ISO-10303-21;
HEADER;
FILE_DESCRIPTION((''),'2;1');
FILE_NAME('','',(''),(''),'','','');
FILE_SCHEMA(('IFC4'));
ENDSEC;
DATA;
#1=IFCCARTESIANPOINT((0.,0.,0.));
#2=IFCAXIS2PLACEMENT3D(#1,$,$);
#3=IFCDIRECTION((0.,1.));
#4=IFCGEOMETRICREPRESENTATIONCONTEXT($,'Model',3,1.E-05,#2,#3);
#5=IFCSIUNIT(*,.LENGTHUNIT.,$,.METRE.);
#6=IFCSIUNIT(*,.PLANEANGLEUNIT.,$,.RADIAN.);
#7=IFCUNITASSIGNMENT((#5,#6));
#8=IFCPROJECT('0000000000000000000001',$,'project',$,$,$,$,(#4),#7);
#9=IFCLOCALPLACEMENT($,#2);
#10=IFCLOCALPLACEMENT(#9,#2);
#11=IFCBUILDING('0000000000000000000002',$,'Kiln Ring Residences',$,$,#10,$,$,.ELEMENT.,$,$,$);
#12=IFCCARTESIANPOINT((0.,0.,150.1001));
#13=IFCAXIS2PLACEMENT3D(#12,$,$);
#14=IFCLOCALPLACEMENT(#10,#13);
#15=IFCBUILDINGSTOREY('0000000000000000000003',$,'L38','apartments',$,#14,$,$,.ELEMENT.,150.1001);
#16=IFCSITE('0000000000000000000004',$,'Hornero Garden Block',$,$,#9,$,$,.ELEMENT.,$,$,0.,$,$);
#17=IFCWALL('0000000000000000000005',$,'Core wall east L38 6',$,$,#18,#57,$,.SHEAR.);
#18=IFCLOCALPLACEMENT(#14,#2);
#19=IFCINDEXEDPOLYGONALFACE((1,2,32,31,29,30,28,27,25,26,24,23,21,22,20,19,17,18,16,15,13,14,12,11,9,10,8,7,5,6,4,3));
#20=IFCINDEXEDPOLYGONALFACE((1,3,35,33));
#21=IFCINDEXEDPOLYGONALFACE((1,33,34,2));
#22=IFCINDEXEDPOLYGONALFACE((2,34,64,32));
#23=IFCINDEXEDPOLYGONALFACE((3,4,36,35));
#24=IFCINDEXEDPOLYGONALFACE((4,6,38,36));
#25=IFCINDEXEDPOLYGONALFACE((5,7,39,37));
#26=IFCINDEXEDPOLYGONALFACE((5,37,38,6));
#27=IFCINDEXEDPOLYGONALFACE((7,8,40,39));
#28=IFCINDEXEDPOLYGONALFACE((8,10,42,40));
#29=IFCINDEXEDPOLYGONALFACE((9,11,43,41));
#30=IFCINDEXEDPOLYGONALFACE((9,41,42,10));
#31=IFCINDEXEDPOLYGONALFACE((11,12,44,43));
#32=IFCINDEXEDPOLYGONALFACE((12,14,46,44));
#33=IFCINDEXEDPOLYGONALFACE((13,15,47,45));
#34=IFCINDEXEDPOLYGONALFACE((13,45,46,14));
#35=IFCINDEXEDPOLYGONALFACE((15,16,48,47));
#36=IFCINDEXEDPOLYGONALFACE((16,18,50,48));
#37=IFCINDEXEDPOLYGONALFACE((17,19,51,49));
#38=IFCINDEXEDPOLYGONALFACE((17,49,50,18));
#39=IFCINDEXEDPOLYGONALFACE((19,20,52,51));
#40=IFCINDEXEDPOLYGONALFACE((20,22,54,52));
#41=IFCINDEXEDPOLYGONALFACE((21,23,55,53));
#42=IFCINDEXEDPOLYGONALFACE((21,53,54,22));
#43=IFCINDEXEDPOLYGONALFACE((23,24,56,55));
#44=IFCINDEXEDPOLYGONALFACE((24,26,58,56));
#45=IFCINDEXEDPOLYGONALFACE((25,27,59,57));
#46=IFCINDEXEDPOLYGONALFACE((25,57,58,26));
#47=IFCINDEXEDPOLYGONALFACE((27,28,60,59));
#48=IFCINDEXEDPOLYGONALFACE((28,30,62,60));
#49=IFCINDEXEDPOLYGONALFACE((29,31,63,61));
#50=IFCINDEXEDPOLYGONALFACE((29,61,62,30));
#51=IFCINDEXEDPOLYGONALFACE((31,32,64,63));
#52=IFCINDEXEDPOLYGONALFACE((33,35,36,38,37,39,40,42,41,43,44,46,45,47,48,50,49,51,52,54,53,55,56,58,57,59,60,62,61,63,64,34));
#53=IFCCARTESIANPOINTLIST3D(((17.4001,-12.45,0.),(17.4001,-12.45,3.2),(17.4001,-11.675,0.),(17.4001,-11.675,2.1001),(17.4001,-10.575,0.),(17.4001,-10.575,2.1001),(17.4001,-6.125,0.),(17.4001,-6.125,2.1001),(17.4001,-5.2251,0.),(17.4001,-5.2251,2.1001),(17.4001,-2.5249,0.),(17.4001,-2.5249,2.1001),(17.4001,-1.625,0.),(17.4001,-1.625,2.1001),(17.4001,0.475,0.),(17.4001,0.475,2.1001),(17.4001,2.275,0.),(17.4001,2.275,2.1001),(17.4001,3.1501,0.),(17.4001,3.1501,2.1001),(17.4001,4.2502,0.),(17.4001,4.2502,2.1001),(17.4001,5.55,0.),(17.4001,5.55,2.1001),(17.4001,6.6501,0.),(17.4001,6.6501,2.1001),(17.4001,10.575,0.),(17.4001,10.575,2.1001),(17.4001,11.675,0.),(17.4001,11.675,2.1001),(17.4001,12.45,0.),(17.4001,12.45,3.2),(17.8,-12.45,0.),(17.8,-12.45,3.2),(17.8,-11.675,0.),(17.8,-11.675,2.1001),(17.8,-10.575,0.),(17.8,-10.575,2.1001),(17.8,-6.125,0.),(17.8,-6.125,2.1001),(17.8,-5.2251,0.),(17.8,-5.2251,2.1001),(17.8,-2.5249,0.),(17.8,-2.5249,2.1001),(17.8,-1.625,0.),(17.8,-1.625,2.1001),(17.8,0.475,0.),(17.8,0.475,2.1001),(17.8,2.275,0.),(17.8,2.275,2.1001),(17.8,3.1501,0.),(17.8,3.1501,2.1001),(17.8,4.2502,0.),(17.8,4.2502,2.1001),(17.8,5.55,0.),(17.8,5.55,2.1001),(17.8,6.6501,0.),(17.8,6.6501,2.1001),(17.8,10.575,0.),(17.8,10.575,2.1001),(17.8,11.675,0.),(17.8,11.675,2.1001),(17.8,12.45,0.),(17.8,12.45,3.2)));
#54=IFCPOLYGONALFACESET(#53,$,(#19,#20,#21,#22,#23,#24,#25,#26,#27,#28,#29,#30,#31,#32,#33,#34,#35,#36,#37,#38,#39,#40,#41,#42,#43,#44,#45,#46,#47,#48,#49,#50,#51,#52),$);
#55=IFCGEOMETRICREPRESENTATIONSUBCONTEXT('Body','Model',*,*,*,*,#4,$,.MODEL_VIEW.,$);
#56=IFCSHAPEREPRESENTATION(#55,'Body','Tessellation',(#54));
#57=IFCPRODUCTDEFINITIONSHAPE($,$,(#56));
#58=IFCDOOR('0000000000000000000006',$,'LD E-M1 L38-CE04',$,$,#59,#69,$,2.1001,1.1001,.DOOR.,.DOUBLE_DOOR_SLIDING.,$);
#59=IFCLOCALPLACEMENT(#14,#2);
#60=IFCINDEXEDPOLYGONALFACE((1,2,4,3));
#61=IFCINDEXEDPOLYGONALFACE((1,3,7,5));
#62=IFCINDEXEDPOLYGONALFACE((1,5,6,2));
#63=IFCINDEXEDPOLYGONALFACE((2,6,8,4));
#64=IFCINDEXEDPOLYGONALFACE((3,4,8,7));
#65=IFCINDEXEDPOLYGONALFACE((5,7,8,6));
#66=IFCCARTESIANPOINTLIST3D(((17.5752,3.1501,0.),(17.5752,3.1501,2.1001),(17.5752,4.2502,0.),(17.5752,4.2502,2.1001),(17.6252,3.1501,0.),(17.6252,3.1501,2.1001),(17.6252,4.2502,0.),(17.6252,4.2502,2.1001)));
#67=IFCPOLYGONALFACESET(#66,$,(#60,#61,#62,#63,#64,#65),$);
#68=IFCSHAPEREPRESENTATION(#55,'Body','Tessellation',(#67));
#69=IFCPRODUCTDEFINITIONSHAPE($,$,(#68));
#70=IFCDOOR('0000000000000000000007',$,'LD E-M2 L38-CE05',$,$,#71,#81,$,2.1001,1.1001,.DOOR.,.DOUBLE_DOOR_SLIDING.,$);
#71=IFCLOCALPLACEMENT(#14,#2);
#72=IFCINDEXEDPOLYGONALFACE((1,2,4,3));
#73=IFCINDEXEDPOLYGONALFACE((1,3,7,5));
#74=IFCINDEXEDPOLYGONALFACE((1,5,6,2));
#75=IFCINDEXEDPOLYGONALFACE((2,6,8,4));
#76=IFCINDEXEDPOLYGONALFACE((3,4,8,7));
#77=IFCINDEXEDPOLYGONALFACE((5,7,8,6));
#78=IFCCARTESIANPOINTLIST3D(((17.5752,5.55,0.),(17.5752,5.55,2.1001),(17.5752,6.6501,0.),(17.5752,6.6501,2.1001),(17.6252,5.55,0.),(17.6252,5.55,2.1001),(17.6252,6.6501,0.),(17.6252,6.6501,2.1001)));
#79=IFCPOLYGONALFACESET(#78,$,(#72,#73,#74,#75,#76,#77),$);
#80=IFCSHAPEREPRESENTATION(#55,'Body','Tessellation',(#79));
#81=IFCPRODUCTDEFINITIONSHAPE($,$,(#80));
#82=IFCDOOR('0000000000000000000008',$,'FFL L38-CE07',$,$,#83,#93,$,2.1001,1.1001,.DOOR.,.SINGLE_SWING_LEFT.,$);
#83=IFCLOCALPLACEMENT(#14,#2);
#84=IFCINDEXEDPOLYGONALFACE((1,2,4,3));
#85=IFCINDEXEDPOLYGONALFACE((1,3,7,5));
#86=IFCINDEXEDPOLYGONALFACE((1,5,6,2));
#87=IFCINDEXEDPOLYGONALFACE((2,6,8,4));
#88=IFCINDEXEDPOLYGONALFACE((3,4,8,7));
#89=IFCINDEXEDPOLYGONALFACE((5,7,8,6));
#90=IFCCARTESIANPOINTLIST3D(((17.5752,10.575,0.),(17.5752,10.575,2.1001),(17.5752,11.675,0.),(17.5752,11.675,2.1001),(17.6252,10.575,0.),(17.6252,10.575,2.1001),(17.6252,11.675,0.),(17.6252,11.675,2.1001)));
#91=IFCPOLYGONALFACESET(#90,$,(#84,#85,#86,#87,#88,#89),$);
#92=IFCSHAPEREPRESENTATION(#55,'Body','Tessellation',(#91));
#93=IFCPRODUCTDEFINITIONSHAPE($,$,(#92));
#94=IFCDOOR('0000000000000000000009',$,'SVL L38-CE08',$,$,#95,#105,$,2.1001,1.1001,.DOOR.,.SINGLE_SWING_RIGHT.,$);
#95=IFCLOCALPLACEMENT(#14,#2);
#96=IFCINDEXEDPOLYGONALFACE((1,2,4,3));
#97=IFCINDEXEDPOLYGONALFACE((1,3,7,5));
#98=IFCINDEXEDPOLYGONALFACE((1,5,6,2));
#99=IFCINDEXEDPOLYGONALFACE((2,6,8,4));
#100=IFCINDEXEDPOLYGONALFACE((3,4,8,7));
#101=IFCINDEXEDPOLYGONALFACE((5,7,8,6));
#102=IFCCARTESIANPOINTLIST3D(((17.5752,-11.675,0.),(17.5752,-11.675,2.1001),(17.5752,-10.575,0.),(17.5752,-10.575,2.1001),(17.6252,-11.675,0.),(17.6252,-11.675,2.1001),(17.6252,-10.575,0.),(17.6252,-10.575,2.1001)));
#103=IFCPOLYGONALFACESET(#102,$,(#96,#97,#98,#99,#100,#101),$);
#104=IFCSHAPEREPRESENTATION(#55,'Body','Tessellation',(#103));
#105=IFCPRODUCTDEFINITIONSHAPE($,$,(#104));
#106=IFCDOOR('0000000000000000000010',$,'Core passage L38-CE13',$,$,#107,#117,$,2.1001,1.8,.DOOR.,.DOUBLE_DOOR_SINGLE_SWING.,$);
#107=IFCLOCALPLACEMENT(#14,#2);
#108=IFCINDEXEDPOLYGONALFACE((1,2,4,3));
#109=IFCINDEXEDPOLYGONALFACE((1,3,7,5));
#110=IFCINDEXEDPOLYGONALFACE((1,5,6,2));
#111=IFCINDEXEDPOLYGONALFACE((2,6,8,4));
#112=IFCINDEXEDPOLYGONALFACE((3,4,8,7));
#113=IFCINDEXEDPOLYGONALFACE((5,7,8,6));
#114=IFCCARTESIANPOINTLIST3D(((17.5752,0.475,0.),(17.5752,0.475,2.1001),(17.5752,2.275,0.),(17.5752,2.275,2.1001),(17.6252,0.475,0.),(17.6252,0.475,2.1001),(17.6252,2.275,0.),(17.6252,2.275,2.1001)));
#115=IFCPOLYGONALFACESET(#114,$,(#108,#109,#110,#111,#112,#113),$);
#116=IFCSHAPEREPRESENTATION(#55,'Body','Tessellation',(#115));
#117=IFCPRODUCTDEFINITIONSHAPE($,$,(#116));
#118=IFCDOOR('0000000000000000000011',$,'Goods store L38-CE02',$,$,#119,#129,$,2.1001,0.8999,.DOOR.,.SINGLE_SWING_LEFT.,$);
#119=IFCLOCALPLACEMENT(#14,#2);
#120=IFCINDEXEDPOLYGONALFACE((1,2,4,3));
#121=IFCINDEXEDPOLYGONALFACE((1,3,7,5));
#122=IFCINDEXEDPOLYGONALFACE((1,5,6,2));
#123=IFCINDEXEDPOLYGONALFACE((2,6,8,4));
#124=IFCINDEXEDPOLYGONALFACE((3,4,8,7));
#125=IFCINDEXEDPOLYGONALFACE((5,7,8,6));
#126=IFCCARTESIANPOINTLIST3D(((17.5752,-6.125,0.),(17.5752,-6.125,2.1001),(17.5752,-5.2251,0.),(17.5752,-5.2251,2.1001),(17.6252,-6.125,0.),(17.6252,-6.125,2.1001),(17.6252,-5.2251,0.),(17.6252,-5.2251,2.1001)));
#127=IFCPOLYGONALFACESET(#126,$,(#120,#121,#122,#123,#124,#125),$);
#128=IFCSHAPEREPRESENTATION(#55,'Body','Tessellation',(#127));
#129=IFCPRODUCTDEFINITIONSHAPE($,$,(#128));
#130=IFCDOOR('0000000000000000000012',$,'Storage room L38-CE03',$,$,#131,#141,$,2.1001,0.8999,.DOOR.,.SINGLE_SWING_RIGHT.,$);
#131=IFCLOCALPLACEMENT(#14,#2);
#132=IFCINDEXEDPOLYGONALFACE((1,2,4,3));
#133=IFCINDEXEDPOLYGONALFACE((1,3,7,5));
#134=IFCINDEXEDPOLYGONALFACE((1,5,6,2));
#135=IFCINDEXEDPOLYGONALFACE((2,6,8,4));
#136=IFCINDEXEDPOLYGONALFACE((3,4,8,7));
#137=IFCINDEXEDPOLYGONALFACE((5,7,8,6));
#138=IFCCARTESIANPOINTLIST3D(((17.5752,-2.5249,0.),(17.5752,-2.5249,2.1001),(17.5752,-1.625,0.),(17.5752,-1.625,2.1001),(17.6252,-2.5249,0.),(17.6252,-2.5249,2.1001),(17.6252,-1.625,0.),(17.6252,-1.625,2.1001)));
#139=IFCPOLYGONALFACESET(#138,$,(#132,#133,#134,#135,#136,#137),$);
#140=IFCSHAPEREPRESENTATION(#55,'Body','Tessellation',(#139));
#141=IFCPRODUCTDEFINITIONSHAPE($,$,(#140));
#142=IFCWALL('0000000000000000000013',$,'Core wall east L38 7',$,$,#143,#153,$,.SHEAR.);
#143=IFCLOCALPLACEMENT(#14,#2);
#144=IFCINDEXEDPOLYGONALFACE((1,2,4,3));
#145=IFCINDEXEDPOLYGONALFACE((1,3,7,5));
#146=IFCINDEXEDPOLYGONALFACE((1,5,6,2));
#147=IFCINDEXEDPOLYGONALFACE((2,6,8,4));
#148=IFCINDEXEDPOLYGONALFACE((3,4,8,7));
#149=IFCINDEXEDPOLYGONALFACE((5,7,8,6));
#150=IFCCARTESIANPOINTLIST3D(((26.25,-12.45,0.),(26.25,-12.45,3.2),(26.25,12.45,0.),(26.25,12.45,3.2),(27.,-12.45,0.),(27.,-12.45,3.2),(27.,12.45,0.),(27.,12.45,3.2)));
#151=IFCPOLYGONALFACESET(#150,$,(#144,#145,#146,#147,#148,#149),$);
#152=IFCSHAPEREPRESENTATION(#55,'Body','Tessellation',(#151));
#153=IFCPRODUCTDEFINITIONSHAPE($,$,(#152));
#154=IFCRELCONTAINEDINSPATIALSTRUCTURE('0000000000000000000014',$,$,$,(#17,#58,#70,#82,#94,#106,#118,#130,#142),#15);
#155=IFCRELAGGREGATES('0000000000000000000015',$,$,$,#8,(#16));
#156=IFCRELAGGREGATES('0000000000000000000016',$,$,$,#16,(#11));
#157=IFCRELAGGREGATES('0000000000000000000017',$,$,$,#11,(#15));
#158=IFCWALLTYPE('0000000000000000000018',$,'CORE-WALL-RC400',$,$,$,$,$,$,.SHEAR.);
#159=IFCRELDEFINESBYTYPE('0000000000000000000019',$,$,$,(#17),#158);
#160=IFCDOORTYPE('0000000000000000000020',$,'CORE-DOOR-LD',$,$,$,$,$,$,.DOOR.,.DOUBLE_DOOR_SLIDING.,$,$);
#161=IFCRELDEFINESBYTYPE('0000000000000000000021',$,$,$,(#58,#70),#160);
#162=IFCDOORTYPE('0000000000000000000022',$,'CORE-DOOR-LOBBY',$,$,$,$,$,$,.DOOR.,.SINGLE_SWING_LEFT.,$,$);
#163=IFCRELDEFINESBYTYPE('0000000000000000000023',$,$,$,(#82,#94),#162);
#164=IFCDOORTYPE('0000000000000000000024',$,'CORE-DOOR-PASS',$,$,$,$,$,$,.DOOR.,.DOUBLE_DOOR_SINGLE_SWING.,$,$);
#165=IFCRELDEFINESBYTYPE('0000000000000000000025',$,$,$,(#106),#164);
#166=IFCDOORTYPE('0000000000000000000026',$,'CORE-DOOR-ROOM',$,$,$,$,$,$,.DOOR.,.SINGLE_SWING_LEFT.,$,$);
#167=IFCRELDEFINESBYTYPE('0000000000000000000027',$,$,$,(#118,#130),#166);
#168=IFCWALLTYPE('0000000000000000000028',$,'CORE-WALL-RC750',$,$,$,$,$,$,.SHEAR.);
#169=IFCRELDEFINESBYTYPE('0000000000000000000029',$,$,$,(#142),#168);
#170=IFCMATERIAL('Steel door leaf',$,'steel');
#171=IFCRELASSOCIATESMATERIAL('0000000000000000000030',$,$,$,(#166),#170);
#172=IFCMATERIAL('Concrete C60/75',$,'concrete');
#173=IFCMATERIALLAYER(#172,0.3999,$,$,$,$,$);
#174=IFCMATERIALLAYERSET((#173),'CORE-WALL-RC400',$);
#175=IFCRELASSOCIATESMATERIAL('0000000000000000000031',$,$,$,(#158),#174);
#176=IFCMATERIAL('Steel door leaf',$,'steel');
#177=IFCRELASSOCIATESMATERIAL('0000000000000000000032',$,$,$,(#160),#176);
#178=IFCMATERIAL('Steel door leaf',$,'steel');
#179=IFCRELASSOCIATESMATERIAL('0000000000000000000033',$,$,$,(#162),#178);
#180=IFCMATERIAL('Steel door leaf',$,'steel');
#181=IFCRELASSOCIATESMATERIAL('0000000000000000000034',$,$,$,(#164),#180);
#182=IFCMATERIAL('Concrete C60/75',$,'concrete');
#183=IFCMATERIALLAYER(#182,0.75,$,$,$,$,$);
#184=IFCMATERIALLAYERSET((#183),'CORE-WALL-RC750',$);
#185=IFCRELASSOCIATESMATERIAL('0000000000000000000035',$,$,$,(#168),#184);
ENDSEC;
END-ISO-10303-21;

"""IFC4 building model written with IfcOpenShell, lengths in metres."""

from ifc_helpers import new_model, si_unit, direction, frame, frame_2d, origin, place, context, subcontext, project, spatial, rectangle, extrude, material, layer, layer_set, type_object, element, fill, save


model = new_model("IFC4")

# Units and contexts
model_context = context("Model", 3, precision=1e-05, world=origin(), true_north=direction((0.0, 1.0)))
body_context = subcontext(model_context, "Body", "Model", "MODEL_VIEW")
ifc_project = project(units=[si_unit("LENGTHUNIT", "METRE"), si_unit("PLANEANGLEUNIT", "RADIAN")], contexts=[model_context])

# Site, building, storey
site_placement = place(None, origin())
site = spatial("IfcSite", under=ifc_project, at=site_placement, Name="Hornero Garden Block", CompositionType="ELEMENT", RefElevation=0.0)
building_placement = place(site_placement, origin())
building = spatial("IfcBuilding", under=site, at=building_placement, Name="Kiln Ring Residences", CompositionType="ELEMENT")
storey_placement = place(building_placement, frame((0.0, 0.0, 150.1001)))
storey = spatial("IfcBuildingStorey", under=building, at=storey_placement, Name="L38", Description="apartments", CompositionType="ELEMENT", Elevation=150.1001)

# Shared definitions
ifc_material_1 = material(Name="Steel door leaf", Category="steel")
door_type_1 = type_object("IfcDoorType", Name="CORE-DOOR-ROOM", OperationType="SINGLE_SWING_LEFT", PredefinedType="DOOR", material=ifc_material_1)

# Wall, openings, doors
ifc_material_2 = material(Name="Concrete C60/75", Category="concrete")
ifc_layer_1 = layer(ifc_material_2, 0.3999)
ifc_layer_set_1 = layer_set([ifc_layer_1], Name="CORE-WALL-RC400")
wall_type_1 = type_object("IfcWallType", Name="CORE-WALL-RC400", PredefinedType="SHEAR", material=ifc_layer_set_1)
wall_1_placement = place(storey_placement, frame((17.6001, -12.45, 0.0), z_axis=(0.0, 0.0, 1.0), x_axis=(0.0, 1.0, 0.0)))
wall_1 = element("IfcWall", 1, at=wall_1_placement, inside=storey, type_object=wall_type_1, Name="Core wall east L38 6", PredefinedType="SHEAR", context=body_context, shape_type="SweptSolid", body=[
    extrude(rectangle(XDim=24.8999, YDim=0.3999, at=frame_2d((12.45, 0.0))), origin(), (0.0, 0.0, 1.0), 3.2),
])
opening_1_placement = place(wall_1_placement, frame((6.325, 0.0, 0.0)))
opening_1 = element("IfcOpeningElement", 2, at=opening_1_placement, cuts=wall_1, PredefinedType="OPENING", context=body_context, shape_type="SweptSolid", body=[
    extrude(rectangle(XDim=0.8999, YDim=2.1001, at=frame_2d((0.45, 1.05))), frame((0.0, 0.21, 0.0), z_axis=(0.0, -1.0, 0.0), x_axis=(1.0, 0.0, 0.0)), (0.0, 0.0, 1.0), 0.4199),
])
opening_2_placement = place(wall_1_placement, frame((9.925, 0.0, 0.0)))
opening_2 = element("IfcOpeningElement", 3, at=opening_2_placement, cuts=wall_1, PredefinedType="OPENING", context=body_context, shape_type="SweptSolid", body=[
    extrude(rectangle(XDim=0.8999, YDim=2.1001, at=frame_2d((0.45, 1.05))), frame((0.0, 0.21, 0.0), z_axis=(0.0, -1.0, 0.0), x_axis=(1.0, 0.0, 0.0)), (0.0, 0.0, 1.0), 0.4199),
])
opening_3_placement = place(wall_1_placement, frame((15.6001, 0.0, 0.0)))
opening_3 = element("IfcOpeningElement", 4, at=opening_3_placement, cuts=wall_1, PredefinedType="OPENING", context=body_context, shape_type="SweptSolid", body=[
    extrude(rectangle(XDim=1.1001, YDim=2.1001, at=frame_2d((0.55, 1.05))), frame((0.0, 0.21, 0.0), z_axis=(0.0, -1.0, 0.0), x_axis=(1.0, 0.0, 0.0)), (0.0, 0.0, 1.0), 0.4199),
])
opening_4_placement = place(wall_1_placement, frame((18.0, 0.0, 0.0)))
opening_4 = element("IfcOpeningElement", 5, at=opening_4_placement, cuts=wall_1, PredefinedType="OPENING", context=body_context, shape_type="SweptSolid", body=[
    extrude(rectangle(XDim=1.1001, YDim=2.1001, at=frame_2d((0.55, 1.05))), frame((0.0, 0.21, 0.0), z_axis=(0.0, -1.0, 0.0), x_axis=(1.0, 0.0, 0.0)), (0.0, 0.0, 1.0), 0.4199),
])
opening_5_placement = place(wall_1_placement, frame((23.0249, 0.0, 0.0)))
opening_5 = element("IfcOpeningElement", 6, at=opening_5_placement, cuts=wall_1, PredefinedType="OPENING", context=body_context, shape_type="SweptSolid", body=[
    extrude(rectangle(XDim=1.1001, YDim=2.1001, at=frame_2d((0.55, 1.05))), frame((0.0, 0.21, 0.0), z_axis=(0.0, -1.0, 0.0), x_axis=(1.0, 0.0, 0.0)), (0.0, 0.0, 1.0), 0.4199),
])
opening_6_placement = place(wall_1_placement, frame((0.7749, 0.0, 0.0)))
opening_6 = element("IfcOpeningElement", 7, at=opening_6_placement, cuts=wall_1, PredefinedType="OPENING", context=body_context, shape_type="SweptSolid", body=[
    extrude(rectangle(XDim=1.1001, YDim=2.1001, at=frame_2d((0.55, 1.05))), frame((0.0, 0.21, 0.0), z_axis=(0.0, -1.0, 0.0), x_axis=(1.0, 0.0, 0.0)), (0.0, 0.0, 1.0), 0.4199),
])
opening_7_placement = place(wall_1_placement, frame((12.925, 0.0, 0.0)))
opening_7 = element("IfcOpeningElement", 8, at=opening_7_placement, cuts=wall_1, PredefinedType="OPENING", context=body_context, shape_type="SweptSolid", body=[
    extrude(rectangle(XDim=1.8, YDim=2.1001, at=frame_2d((0.8999, 1.05))), frame((0.0, 0.21, 0.0), z_axis=(0.0, -1.0, 0.0), x_axis=(1.0, 0.0, 0.0)), (0.0, 0.0, 1.0), 0.4199),
])
ifc_material_3 = material(Name="Steel door leaf", Category="steel")
door_type_2 = type_object("IfcDoorType", Name="CORE-DOOR-LD", OperationType="DOUBLE_DOOR_SLIDING", PredefinedType="DOOR", material=ifc_material_3)
door_1_placement = place(opening_3_placement, origin())
door_1 = element("IfcDoor", 9, at=door_1_placement, inside=storey, type_object=door_type_2, Name="LD E-M1 L38-CE04", OperationType="DOUBLE_DOOR_SLIDING", OverallHeight=2.1001, OverallWidth=1.1001, PredefinedType="DOOR", context=body_context, shape_type="SweptSolid", body=[
    extrude(rectangle(XDim=1.1001, YDim=2.1001, at=frame_2d((0.55, 1.05))), frame((0.0, 0.0249, 0.0), z_axis=(0.0, -1.0, 0.0), x_axis=(1.0, 0.0, 0.0)), (0.0, 0.0, 1.0), 0.05),
])
fill(opening_3, door_1)
door_2_placement = place(opening_4_placement, origin())
door_2 = element("IfcDoor", 10, at=door_2_placement, inside=storey, type_object=door_type_2, Name="LD E-M2 L38-CE05", OperationType="DOUBLE_DOOR_SLIDING", OverallHeight=2.1001, OverallWidth=1.1001, PredefinedType="DOOR", context=body_context, shape_type="SweptSolid", body=[
    extrude(rectangle(XDim=1.1001, YDim=2.1001, at=frame_2d((0.55, 1.05))), frame((0.0, 0.0249, 0.0), z_axis=(0.0, -1.0, 0.0), x_axis=(1.0, 0.0, 0.0)), (0.0, 0.0, 1.0), 0.05),
])
fill(opening_4, door_2)
ifc_material_4 = material(Name="Steel door leaf", Category="steel")
door_type_3 = type_object("IfcDoorType", Name="CORE-DOOR-LOBBY", OperationType="SINGLE_SWING_LEFT", PredefinedType="DOOR", material=ifc_material_4)
door_3_placement = place(opening_5_placement, origin())
door_3 = element("IfcDoor", 11, at=door_3_placement, inside=storey, type_object=door_type_3, Name="FFL L38-CE07", OperationType="SINGLE_SWING_LEFT", OverallHeight=2.1001, OverallWidth=1.1001, PredefinedType="DOOR", context=body_context, shape_type="SweptSolid", body=[
    extrude(rectangle(XDim=1.1001, YDim=2.1001, at=frame_2d((0.55, 1.05))), frame((0.0, 0.0249, 0.0), z_axis=(0.0, -1.0, 0.0), x_axis=(1.0, 0.0, 0.0)), (0.0, 0.0, 1.0), 0.05),
])
fill(opening_5, door_3)
door_4_placement = place(opening_6_placement, origin())
door_4 = element("IfcDoor", 12, at=door_4_placement, inside=storey, type_object=door_type_3, Name="SVL L38-CE08", OperationType="SINGLE_SWING_RIGHT", OverallHeight=2.1001, OverallWidth=1.1001, PredefinedType="DOOR", context=body_context, shape_type="SweptSolid", body=[
    extrude(rectangle(XDim=1.1001, YDim=2.1001, at=frame_2d((0.55, 1.05))), frame((0.0, 0.0249, 0.0), z_axis=(0.0, -1.0, 0.0), x_axis=(1.0, 0.0, 0.0)), (0.0, 0.0, 1.0), 0.05),
])
fill(opening_6, door_4)
ifc_material_5 = material(Name="Steel door leaf", Category="steel")
door_type_4 = type_object("IfcDoorType", Name="CORE-DOOR-PASS", OperationType="DOUBLE_DOOR_SINGLE_SWING", PredefinedType="DOOR", material=ifc_material_5)
door_5_placement = place(opening_7_placement, origin())
door_5 = element("IfcDoor", 13, at=door_5_placement, inside=storey, type_object=door_type_4, Name="Core passage L38-CE13", OperationType="DOUBLE_DOOR_SINGLE_SWING", OverallHeight=2.1001, OverallWidth=1.8, PredefinedType="DOOR", context=body_context, shape_type="SweptSolid", body=[
    extrude(rectangle(XDim=1.8, YDim=2.1001, at=frame_2d((0.8999, 1.05))), frame((0.0, 0.0249, 0.0), z_axis=(0.0, -1.0, 0.0), x_axis=(1.0, 0.0, 0.0)), (0.0, 0.0, 1.0), 0.05),
])
fill(opening_7, door_5)
door_6_placement = place(opening_1_placement, origin())
door_6 = element("IfcDoor", 14, at=door_6_placement, inside=storey, type_object=door_type_1, Name="Goods store L38-CE02", OperationType="SINGLE_SWING_LEFT", OverallHeight=2.1001, OverallWidth=0.8999, PredefinedType="DOOR", context=body_context, shape_type="SweptSolid", body=[
    extrude(rectangle(XDim=0.8999, YDim=2.1001, at=frame_2d((0.45, 1.05))), frame((0.0, 0.0249, 0.0), z_axis=(0.0, -1.0, 0.0), x_axis=(1.0, 0.0, 0.0)), (0.0, 0.0, 1.0), 0.05),
])
fill(opening_1, door_6)
door_7_placement = place(opening_2_placement, origin())
door_7 = element("IfcDoor", 15, at=door_7_placement, inside=storey, type_object=door_type_1, Name="Storage room L38-CE03", OperationType="SINGLE_SWING_RIGHT", OverallHeight=2.1001, OverallWidth=0.8999, PredefinedType="DOOR", context=body_context, shape_type="SweptSolid", body=[
    extrude(rectangle(XDim=0.8999, YDim=2.1001, at=frame_2d((0.45, 1.05))), frame((0.0, 0.0249, 0.0), z_axis=(0.0, -1.0, 0.0), x_axis=(1.0, 0.0, 0.0)), (0.0, 0.0, 1.0), 0.05),
])
fill(opening_2, door_7)

# Wall
ifc_material_6 = material(Name="Concrete C60/75", Category="concrete")
ifc_layer_2 = layer(ifc_material_6, 0.75)
ifc_layer_set_2 = layer_set([ifc_layer_2], Name="CORE-WALL-RC750")
wall_type_2 = type_object("IfcWallType", Name="CORE-WALL-RC750", PredefinedType="SHEAR", material=ifc_layer_set_2)
wall_2_placement = place(storey_placement, frame((26.625, -12.45, 0.0), z_axis=(0.0, 0.0, 1.0), x_axis=(0.0, 1.0, 0.0)))
element("IfcWall", 16, at=wall_2_placement, inside=storey, type_object=wall_type_2, Name="Core wall east L38 7", PredefinedType="SHEAR", context=body_context, shape_type="SweptSolid", body=[
    extrude(rectangle(XDim=24.8999, YDim=0.75, at=frame_2d((12.45, 0.0))), origin(), (0.0, 0.0, 1.0), 3.2),
])

save(model, "model.ifc")
